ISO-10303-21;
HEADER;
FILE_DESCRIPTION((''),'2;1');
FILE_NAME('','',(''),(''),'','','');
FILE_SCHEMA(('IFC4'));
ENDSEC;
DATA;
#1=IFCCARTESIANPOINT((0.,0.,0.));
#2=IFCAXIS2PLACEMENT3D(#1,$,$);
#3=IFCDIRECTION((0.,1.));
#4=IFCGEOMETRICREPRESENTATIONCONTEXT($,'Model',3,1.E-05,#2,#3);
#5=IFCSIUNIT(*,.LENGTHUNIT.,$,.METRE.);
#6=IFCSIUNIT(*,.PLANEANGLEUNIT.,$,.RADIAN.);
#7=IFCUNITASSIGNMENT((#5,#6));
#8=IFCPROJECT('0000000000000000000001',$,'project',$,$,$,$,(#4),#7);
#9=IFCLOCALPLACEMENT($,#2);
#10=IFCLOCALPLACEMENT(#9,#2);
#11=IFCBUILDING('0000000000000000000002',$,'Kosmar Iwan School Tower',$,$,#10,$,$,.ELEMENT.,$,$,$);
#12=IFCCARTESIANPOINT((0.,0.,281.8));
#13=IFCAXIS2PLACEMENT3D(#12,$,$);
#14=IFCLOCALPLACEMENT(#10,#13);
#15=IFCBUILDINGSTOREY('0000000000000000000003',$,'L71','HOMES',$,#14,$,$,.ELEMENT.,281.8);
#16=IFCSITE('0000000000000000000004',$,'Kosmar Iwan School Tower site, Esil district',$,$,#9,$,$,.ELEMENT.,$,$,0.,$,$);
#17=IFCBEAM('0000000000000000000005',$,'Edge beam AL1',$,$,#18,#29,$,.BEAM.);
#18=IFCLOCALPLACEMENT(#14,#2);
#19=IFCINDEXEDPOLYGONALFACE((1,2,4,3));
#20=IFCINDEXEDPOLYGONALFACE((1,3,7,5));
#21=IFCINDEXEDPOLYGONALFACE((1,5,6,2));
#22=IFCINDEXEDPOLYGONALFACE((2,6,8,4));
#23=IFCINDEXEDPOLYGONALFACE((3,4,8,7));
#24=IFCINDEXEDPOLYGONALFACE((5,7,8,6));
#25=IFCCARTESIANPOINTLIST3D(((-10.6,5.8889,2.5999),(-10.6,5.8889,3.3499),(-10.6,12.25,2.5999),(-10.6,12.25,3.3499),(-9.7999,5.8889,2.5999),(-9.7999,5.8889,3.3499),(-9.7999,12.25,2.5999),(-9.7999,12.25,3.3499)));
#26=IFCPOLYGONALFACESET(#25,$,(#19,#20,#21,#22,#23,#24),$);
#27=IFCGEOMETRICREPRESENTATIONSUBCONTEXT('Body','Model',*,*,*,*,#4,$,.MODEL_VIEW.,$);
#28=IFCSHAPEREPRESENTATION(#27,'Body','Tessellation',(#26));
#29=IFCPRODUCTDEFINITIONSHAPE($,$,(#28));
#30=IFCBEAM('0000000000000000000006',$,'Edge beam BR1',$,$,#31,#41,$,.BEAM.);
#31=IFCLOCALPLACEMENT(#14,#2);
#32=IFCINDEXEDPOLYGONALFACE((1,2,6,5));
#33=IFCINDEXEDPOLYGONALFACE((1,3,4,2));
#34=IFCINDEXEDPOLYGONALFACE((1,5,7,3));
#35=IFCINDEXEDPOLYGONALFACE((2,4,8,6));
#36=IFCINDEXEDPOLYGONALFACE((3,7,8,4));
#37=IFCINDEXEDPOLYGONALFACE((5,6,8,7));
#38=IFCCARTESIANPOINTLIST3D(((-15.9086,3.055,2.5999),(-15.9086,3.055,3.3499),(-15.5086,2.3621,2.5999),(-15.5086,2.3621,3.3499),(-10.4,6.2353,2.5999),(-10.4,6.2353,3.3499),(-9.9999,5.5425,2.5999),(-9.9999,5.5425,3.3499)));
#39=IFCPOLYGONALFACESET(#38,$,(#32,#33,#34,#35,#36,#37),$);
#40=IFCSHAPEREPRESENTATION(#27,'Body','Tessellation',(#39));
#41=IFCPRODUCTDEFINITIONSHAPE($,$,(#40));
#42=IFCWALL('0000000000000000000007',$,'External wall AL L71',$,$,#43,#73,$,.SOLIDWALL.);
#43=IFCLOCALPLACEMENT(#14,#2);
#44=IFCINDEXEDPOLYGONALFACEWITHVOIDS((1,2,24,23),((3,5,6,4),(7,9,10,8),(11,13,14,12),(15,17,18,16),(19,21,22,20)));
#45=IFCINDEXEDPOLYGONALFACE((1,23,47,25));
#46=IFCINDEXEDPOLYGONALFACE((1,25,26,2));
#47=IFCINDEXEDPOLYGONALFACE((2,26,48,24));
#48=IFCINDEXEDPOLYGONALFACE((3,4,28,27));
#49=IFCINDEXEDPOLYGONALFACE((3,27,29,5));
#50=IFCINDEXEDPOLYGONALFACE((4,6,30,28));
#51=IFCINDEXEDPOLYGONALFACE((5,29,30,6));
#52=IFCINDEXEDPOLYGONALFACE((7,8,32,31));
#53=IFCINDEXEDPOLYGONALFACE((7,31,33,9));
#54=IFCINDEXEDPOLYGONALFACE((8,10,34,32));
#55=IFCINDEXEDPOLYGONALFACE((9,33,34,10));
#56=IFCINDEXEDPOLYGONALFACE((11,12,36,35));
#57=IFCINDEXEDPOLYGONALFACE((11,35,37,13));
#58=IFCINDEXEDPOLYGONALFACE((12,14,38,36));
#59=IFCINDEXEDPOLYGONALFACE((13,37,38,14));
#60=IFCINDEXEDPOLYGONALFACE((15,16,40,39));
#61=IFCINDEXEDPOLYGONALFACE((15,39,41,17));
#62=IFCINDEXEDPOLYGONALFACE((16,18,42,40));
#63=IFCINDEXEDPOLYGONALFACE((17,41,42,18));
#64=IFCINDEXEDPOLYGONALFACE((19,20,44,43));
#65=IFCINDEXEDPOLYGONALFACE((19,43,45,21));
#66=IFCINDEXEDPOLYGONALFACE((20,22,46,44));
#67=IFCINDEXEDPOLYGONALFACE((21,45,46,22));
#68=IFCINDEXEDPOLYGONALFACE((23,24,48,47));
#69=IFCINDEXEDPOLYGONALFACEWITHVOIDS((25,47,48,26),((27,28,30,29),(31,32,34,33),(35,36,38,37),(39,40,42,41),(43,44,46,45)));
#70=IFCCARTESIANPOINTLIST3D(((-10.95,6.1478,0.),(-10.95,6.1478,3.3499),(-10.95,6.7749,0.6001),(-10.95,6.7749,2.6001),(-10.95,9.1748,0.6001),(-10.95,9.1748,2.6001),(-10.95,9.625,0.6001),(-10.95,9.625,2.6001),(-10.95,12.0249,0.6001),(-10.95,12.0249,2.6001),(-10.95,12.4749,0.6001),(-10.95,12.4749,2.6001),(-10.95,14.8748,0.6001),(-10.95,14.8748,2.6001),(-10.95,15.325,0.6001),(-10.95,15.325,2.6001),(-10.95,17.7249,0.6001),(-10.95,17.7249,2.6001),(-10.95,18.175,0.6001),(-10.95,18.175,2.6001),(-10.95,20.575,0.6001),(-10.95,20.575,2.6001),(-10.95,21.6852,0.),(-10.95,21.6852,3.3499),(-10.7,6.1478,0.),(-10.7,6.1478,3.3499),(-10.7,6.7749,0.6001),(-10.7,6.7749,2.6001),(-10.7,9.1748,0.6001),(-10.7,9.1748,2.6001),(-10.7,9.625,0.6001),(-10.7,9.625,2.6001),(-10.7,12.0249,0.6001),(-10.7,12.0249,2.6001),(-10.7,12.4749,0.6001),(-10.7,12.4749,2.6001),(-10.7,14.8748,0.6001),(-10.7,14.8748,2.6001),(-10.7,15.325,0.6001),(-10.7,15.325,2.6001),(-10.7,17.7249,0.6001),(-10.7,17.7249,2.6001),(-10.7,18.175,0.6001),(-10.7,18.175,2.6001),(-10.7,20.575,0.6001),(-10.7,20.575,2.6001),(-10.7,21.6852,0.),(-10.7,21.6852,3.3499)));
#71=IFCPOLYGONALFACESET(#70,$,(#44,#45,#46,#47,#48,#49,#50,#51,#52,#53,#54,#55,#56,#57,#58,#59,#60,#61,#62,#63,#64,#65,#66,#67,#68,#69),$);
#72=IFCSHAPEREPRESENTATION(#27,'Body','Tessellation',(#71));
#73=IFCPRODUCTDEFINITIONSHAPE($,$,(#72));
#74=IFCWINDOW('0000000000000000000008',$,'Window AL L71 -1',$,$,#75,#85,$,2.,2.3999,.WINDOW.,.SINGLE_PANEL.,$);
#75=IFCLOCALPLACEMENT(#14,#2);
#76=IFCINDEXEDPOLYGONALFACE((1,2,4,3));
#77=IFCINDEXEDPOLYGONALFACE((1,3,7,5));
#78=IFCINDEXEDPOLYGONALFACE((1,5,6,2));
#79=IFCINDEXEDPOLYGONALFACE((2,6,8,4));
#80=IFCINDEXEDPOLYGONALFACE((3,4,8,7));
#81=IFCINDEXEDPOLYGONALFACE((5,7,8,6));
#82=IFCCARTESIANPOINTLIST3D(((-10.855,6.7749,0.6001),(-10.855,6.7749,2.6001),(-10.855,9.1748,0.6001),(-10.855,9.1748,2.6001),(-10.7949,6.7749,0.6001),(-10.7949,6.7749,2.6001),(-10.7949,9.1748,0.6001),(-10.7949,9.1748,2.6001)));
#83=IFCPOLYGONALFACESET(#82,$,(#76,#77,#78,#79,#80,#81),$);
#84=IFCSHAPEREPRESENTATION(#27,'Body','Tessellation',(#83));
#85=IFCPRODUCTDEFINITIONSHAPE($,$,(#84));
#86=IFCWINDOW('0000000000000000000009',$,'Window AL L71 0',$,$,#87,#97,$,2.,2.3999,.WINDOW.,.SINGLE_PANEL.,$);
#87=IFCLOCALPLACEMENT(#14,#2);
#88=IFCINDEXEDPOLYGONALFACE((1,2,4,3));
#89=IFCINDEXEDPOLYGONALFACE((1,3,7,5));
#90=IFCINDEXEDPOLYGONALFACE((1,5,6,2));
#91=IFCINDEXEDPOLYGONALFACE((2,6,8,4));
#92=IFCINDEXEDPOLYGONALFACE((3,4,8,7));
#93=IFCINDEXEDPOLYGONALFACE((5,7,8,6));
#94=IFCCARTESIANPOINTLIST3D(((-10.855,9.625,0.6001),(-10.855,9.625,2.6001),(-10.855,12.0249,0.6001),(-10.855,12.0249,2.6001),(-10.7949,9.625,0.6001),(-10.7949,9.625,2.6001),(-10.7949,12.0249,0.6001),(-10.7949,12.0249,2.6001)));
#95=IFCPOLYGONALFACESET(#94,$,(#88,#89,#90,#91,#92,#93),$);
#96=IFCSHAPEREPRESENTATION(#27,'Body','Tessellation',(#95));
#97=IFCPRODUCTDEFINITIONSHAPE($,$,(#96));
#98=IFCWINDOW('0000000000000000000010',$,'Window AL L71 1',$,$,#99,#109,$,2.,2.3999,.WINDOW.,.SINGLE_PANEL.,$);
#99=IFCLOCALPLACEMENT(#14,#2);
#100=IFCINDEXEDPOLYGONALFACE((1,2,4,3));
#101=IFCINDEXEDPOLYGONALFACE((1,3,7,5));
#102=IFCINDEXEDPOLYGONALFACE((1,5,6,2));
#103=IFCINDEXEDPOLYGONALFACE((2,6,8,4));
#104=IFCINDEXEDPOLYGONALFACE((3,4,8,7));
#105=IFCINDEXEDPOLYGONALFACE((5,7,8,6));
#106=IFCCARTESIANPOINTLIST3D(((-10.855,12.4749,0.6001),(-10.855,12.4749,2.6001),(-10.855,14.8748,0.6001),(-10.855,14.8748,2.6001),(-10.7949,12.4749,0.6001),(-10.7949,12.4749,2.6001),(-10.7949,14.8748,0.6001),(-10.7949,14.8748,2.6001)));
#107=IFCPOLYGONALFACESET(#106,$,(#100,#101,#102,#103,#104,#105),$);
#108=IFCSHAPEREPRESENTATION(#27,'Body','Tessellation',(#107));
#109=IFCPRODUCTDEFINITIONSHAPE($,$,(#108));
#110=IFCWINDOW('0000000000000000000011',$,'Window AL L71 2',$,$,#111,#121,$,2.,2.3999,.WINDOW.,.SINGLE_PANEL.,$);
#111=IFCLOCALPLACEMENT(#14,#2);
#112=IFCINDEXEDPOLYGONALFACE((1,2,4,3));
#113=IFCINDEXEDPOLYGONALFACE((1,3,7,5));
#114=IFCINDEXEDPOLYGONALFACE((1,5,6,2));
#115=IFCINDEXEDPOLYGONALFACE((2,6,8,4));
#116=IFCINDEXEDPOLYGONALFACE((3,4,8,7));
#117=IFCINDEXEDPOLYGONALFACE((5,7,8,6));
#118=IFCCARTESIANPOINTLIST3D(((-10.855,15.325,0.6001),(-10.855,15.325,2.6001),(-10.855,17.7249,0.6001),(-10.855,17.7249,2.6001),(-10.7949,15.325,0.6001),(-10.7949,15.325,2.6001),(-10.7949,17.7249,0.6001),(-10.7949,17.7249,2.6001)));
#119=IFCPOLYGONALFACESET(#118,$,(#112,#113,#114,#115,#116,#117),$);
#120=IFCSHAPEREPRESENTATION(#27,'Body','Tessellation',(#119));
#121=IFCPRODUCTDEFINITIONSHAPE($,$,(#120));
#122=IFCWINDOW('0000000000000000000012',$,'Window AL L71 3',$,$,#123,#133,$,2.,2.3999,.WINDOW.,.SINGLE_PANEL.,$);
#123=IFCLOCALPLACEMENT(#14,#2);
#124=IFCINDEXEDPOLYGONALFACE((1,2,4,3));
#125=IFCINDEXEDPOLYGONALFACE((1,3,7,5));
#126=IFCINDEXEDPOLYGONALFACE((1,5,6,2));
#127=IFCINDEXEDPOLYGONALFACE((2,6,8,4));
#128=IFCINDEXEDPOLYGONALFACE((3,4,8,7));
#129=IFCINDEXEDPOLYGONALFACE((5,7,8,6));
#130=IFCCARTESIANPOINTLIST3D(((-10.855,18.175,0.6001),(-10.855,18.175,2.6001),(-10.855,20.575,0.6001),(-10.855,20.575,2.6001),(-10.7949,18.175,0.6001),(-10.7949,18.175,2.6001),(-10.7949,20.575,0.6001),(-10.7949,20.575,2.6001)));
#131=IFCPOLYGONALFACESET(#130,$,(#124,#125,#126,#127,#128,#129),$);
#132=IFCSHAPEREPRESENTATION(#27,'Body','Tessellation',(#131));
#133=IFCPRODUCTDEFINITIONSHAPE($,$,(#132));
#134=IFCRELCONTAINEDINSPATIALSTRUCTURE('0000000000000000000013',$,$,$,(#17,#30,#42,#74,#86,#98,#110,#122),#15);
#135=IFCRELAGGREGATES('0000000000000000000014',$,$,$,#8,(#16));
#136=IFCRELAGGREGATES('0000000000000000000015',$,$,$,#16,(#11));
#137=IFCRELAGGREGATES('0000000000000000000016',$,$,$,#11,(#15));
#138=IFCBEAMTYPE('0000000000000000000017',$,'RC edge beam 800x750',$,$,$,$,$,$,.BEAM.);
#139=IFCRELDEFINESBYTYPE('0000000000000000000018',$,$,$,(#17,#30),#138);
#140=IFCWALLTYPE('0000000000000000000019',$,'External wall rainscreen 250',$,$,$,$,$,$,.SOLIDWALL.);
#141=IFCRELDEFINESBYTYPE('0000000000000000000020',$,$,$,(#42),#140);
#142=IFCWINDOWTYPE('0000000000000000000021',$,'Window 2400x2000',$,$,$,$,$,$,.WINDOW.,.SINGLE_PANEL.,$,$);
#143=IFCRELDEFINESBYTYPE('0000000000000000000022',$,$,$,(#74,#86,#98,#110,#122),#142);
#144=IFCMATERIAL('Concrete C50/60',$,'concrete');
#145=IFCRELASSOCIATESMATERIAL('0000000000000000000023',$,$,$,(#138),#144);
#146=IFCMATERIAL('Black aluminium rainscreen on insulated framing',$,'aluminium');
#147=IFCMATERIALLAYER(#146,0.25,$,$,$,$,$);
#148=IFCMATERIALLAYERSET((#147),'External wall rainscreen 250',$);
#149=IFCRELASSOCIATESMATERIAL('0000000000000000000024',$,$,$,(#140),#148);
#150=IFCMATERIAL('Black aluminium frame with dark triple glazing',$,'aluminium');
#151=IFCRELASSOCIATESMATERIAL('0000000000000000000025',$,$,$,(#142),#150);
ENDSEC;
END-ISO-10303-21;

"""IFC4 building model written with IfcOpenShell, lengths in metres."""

from ifc_helpers import new_model, si_unit, direction, frame, frame_2d, origin, origin_2d, place, context, subcontext, project, spatial, rectangle, extrude, material, layer, layer_set, material_profile, profile_set, type_object, element, fill, save


model = new_model("IFC4")

# Units and contexts
model_context = context("Model", 3, precision=1e-05, world=origin(), true_north=direction((0.0, 1.0)))
body_context = subcontext(model_context, "Body", "Model", "MODEL_VIEW")
ifc_project = project(units=[si_unit("LENGTHUNIT", "METRE"), si_unit("PLANEANGLEUNIT", "RADIAN")], contexts=[model_context])

# Site, building, storey
site_placement = place(None, origin())
site = spatial("IfcSite", under=ifc_project, at=site_placement, Name="Kosmar Iwan School Tower site, Esil district", CompositionType="ELEMENT", RefElevation=0.0)
building_placement = place(site_placement, origin())
building = spatial("IfcBuilding", under=site, at=building_placement, Name="Kosmar Iwan School Tower", CompositionType="ELEMENT")
storey_placement = place(building_placement, frame((0.0, 0.0, 281.8)))
storey = spatial("IfcBuildingStorey", under=building, at=storey_placement, Name="L71", Description="HOMES", CompositionType="ELEMENT", Elevation=281.8)

# Beams
ifc_material_1 = material(Name="Concrete C50/60", Category="concrete")
ifc_material_profile = material_profile(ifc_material_1, rectangle(XDim=0.8, YDim=0.75, at=origin_2d()), Name="RC 800x750")
ifc_profile_set = profile_set([ifc_material_profile], Name="Concrete C50/60")
beam_type = type_object("IfcBeamType", Name="RC edge beam 800x750", PredefinedType="BEAM", material=ifc_profile_set)
beam_1_placement = place(storey_placement, frame((-10.2, 5.8889, 2.9749), z_axis=(0.0, 1.0, 0.0), x_axis=(-1.0, 0.0, 0.0)))
element("IfcBeam", 1, at=beam_1_placement, inside=storey, type_object=beam_type, Name="Edge beam AL1", PredefinedType="BEAM", context=body_context, shape_type="SweptSolid", body=[
    extrude(rectangle(XDim=0.8, YDim=0.75, at=origin_2d()), origin(), (0.0, 0.0, 1.0), 6.3611),
])
beam_2_placement = place(storey_placement, frame((-10.2, 5.8889, 2.9749), z_axis=(-0.866031, -0.49999, 0.0), x_axis=(0.49999, -0.866031, 0.0)))
element("IfcBeam", 2, at=beam_2_placement, inside=storey, type_object=beam_type, Name="Edge beam BR1", PredefinedType="BEAM", context=body_context, shape_type="SweptSolid", body=[
    extrude(rectangle(XDim=0.8, YDim=0.75, at=origin_2d()), origin(), (0.0, 0.0, 1.0), 6.3608),
])

# Wall, openings, windows
ifc_material_2 = material(Name="Black aluminium rainscreen on insulated framing", Category="aluminium")
ifc_layer = layer(ifc_material_2, 0.25)
ifc_layer_set = layer_set([ifc_layer], Name="External wall rainscreen 250")
wall_type = type_object("IfcWallType", Name="External wall rainscreen 250", PredefinedType="SOLIDWALL", material=ifc_layer_set)
wall_1_placement = place(storey_placement, frame((-10.825, 6.1479, 0.0), z_axis=(0.0, 0.0, 1.0), x_axis=(0.0, 1.0, 0.0)))
wall_1 = element("IfcWall", 3, at=wall_1_placement, inside=storey, type_object=wall_type, Name="External wall AL L71", PredefinedType="SOLIDWALL", context=body_context, shape_type="SweptSolid", body=[
    extrude(rectangle(XDim=15.5374, YDim=0.25, at=frame_2d((7.7686, 0.0))), origin(), (0.0, 0.0, 1.0), 3.3499),
])
opening_1_placement = place(wall_1_placement, frame((0.627, 0.0, 0.6001)))
opening_1 = element("IfcOpeningElement", 4, at=opening_1_placement, cuts=wall_1, PredefinedType="OPENING", context=body_context, shape_type="SweptSolid", body=[
    extrude(rectangle(XDim=2.3999, YDim=2.0, at=frame_2d((1.2, 1.0))), frame((0.0, 0.137, 0.0), z_axis=(0.0, -1.0, 0.0), x_axis=(1.0, 0.0, 0.0)), (0.0, 0.0, 1.0), 0.2739),
])
opening_2_placement = place(wall_1_placement, frame((3.4771, 0.0, 0.6001)))
opening_2 = element("IfcOpeningElement", 5, at=opening_2_placement, cuts=wall_1, PredefinedType="OPENING", context=body_context, shape_type="SweptSolid", body=[
    extrude(rectangle(XDim=2.3999, YDim=2.0, at=frame_2d((1.2, 1.0))), frame((0.0, 0.137, 0.0), z_axis=(0.0, -1.0, 0.0), x_axis=(1.0, 0.0, 0.0)), (0.0, 0.0, 1.0), 0.2739),
])
opening_3_placement = place(wall_1_placement, frame((6.3269, 0.0, 0.6001)))
opening_3 = element("IfcOpeningElement", 6, at=opening_3_placement, cuts=wall_1, PredefinedType="OPENING", context=body_context, shape_type="SweptSolid", body=[
    extrude(rectangle(XDim=2.3999, YDim=2.0, at=frame_2d((1.2, 1.0))), frame((0.0, 0.137, 0.0), z_axis=(0.0, -1.0, 0.0), x_axis=(1.0, 0.0, 0.0)), (0.0, 0.0, 1.0), 0.2739),
])
opening_4_placement = place(wall_1_placement, frame((9.177, 0.0, 0.6001)))
opening_4 = element("IfcOpeningElement", 7, at=opening_4_placement, cuts=wall_1, PredefinedType="OPENING", context=body_context, shape_type="SweptSolid", body=[
    extrude(rectangle(XDim=2.3999, YDim=2.0, at=frame_2d((1.2, 1.0))), frame((0.0, 0.137, 0.0), z_axis=(0.0, -1.0, 0.0), x_axis=(1.0, 0.0, 0.0)), (0.0, 0.0, 1.0), 0.2739),
])
opening_5_placement = place(wall_1_placement, frame((12.0271, 0.0, 0.6001)))
opening_5 = element("IfcOpeningElement", 8, at=opening_5_placement, cuts=wall_1, PredefinedType="OPENING", context=body_context, shape_type="SweptSolid", body=[
    extrude(rectangle(XDim=2.3999, YDim=2.0, at=frame_2d((1.2, 1.0))), frame((0.0, 0.137, 0.0), z_axis=(0.0, -1.0, 0.0), x_axis=(1.0, 0.0, 0.0)), (0.0, 0.0, 1.0), 0.2739),
])
ifc_material_3 = material(Name="Black aluminium frame with dark triple glazing", Category="aluminium")
window_type = type_object("IfcWindowType", Name="Window 2400x2000", PartitioningType="SINGLE_PANEL", PredefinedType="WINDOW", material=ifc_material_3)
window_1_placement = place(opening_1_placement, origin())
window_1 = element("IfcWindow", 9, at=window_1_placement, inside=storey, type_object=window_type, Name="Window AL L71 -1", OverallHeight=2.0, OverallWidth=2.3999, PartitioningType="SINGLE_PANEL", PredefinedType="WINDOW", context=body_context, shape_type="SweptSolid", body=[
    extrude(rectangle(XDim=2.3999, YDim=2.0, at=frame_2d((1.2, 1.0))), frame((0.0, 0.03, 0.0), z_axis=(0.0, -1.0, 0.0), x_axis=(1.0, 0.0, 0.0)), (0.0, 0.0, 1.0), 0.0601),
])
fill(opening_1, window_1)
window_2_placement = place(opening_2_placement, origin())
window_2 = element("IfcWindow", 10, at=window_2_placement, inside=storey, type_object=window_type, Name="Window AL L71 0", OverallHeight=2.0, OverallWidth=2.3999, PartitioningType="SINGLE_PANEL", PredefinedType="WINDOW", context=body_context, shape_type="SweptSolid", body=[
    extrude(rectangle(XDim=2.3999, YDim=2.0, at=frame_2d((1.2, 1.0))), frame((0.0, 0.03, 0.0), z_axis=(0.0, -1.0, 0.0), x_axis=(1.0, 0.0, 0.0)), (0.0, 0.0, 1.0), 0.0601),
])
fill(opening_2, window_2)
window_3_placement = place(opening_3_placement, origin())
window_3 = element("IfcWindow", 11, at=window_3_placement, inside=storey, type_object=window_type, Name="Window AL L71 1", OverallHeight=2.0, OverallWidth=2.3999, PartitioningType="SINGLE_PANEL", PredefinedType="WINDOW", context=body_context, shape_type="SweptSolid", body=[
    extrude(rectangle(XDim=2.3999, YDim=2.0, at=frame_2d((1.2, 1.0))), frame((0.0, 0.03, 0.0), z_axis=(0.0, -1.0, 0.0), x_axis=(1.0, 0.0, 0.0)), (0.0, 0.0, 1.0), 0.0601),
])
fill(opening_3, window_3)
window_4_placement = place(opening_4_placement, origin())
window_4 = element("IfcWindow", 12, at=window_4_placement, inside=storey, type_object=window_type, Name="Window AL L71 2", OverallHeight=2.0, OverallWidth=2.3999, PartitioningType="SINGLE_PANEL", PredefinedType="WINDOW", context=body_context, shape_type="SweptSolid", body=[
    extrude(rectangle(XDim=2.3999, YDim=2.0, at=frame_2d((1.2, 1.0))), frame((0.0, 0.03, 0.0), z_axis=(0.0, -1.0, 0.0), x_axis=(1.0, 0.0, 0.0)), (0.0, 0.0, 1.0), 0.0601),
])
fill(opening_4, window_4)
window_5_placement = place(opening_5_placement, origin())
window_5 = element("IfcWindow", 13, at=window_5_placement, inside=storey, type_object=window_type, Name="Window AL L71 3", OverallHeight=2.0, OverallWidth=2.3999, PartitioningType="SINGLE_PANEL", PredefinedType="WINDOW", context=body_context, shape_type="SweptSolid", body=[
    extrude(rectangle(XDim=2.3999, YDim=2.0, at=frame_2d((1.2, 1.0))), frame((0.0, 0.03, 0.0), z_axis=(0.0, -1.0, 0.0), x_axis=(1.0, 0.0, 0.0)), (0.0, 0.0, 1.0), 0.0601),
])
fill(opening_5, window_5)

save(model, "model.ifc")
